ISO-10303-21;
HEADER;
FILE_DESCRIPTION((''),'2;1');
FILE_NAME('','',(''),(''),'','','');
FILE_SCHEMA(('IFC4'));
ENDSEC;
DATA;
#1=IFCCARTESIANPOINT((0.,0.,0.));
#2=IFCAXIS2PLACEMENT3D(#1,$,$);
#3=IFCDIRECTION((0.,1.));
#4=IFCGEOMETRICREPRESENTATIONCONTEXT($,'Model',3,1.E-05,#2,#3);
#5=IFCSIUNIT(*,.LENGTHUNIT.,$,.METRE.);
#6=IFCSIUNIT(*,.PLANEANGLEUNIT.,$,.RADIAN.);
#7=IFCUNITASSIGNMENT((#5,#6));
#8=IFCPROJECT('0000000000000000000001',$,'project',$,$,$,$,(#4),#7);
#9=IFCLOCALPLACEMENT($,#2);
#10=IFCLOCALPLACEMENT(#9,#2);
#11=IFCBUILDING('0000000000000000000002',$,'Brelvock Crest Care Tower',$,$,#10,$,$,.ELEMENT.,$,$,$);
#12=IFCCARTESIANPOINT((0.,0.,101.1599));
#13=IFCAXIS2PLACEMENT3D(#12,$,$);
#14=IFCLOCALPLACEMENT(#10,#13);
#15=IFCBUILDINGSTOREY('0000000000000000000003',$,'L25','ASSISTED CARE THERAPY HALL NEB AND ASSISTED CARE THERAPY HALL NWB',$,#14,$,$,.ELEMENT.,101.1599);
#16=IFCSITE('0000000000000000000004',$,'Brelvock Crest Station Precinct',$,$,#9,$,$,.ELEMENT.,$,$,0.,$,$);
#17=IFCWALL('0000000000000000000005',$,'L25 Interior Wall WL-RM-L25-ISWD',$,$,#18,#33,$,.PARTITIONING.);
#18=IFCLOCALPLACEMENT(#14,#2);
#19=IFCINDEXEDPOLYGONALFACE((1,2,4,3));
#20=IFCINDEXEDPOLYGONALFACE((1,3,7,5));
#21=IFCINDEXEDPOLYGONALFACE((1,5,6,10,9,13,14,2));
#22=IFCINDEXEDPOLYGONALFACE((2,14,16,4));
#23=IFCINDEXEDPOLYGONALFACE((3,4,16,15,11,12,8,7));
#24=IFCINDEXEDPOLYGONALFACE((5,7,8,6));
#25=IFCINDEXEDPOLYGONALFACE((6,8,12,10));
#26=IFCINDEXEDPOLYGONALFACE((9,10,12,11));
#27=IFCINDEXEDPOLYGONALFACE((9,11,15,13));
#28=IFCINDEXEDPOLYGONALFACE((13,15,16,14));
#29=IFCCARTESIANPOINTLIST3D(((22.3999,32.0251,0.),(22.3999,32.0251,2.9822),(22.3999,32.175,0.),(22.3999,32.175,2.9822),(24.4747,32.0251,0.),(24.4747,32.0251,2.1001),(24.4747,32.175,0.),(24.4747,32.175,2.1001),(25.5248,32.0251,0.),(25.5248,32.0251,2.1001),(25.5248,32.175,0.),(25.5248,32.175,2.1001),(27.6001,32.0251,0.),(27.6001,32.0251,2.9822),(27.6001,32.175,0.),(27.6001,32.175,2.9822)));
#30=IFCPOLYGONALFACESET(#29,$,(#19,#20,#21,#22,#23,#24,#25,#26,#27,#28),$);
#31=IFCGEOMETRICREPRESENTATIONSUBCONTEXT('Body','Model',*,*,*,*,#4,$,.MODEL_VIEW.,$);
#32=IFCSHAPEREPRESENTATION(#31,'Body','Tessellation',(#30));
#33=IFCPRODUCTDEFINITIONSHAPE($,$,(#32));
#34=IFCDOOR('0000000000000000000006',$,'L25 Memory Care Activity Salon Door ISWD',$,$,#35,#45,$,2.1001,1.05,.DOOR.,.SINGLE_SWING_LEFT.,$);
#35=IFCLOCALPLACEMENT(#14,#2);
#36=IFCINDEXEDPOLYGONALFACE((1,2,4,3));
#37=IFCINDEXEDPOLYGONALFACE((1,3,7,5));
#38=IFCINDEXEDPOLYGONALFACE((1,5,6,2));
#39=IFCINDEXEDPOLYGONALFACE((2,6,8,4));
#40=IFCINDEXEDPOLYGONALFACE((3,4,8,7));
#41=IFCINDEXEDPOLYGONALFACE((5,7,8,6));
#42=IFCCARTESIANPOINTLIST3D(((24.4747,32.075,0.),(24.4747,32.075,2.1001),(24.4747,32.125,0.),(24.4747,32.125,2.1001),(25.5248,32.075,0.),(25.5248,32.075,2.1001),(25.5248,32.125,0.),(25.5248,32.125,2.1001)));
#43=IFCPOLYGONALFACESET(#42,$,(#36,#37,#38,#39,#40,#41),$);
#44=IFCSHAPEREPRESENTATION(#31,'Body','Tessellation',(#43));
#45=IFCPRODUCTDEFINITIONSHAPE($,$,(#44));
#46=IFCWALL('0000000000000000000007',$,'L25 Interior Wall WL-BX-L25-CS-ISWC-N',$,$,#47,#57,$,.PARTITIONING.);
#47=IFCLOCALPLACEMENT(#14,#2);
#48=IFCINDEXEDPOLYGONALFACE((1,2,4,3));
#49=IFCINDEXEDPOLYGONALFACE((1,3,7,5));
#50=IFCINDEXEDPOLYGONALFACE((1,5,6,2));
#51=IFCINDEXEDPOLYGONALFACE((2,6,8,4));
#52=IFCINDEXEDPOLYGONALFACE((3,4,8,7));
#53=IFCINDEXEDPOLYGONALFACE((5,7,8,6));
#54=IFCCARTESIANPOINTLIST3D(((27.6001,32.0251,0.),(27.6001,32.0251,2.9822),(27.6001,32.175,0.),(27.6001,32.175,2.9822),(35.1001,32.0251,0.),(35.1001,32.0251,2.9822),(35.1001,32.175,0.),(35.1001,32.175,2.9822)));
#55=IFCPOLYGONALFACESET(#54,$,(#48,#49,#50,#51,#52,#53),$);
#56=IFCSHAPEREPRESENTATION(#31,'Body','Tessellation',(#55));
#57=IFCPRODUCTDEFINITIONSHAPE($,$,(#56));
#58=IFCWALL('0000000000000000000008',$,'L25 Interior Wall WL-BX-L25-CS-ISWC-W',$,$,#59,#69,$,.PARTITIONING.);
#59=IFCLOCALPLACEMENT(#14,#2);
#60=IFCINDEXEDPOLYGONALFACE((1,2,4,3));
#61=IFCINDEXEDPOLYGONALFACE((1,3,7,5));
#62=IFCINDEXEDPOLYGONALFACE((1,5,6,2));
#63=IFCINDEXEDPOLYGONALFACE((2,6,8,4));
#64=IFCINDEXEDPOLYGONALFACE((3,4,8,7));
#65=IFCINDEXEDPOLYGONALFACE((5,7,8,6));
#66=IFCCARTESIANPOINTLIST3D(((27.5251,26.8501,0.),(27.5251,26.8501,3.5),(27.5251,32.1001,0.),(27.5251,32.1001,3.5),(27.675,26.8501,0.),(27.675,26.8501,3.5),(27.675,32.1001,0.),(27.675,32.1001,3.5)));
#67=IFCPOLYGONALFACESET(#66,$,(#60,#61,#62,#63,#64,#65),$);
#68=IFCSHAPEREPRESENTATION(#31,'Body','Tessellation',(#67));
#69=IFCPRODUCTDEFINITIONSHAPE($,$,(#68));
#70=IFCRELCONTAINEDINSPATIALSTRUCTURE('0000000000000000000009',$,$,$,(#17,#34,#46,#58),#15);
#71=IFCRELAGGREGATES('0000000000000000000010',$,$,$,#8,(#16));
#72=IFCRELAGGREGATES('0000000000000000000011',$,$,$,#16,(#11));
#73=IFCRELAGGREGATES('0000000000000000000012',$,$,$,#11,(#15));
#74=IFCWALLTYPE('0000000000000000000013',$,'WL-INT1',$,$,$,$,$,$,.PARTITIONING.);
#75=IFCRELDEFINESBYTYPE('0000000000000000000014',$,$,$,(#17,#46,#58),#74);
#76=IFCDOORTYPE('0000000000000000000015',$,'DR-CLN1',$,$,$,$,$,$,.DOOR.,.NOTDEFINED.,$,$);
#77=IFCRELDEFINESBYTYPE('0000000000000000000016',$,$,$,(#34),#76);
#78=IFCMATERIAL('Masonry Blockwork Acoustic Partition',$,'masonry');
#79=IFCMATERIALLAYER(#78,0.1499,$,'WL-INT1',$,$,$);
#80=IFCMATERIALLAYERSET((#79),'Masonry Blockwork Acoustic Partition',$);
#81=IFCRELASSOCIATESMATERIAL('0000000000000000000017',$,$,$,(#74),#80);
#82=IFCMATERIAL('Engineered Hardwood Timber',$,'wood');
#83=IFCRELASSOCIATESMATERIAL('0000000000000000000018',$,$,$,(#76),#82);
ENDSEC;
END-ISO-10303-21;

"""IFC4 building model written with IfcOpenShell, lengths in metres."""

from ifc_helpers import new_model, si_unit, direction, frame, frame_2d, origin, origin_2d, place, context, subcontext, project, spatial, rectangle, extrude, source, transform, mapped, material, layer, layer_set, type_object, element, fill, save


model = new_model("IFC4")

# Units and contexts
model_context = context("Model", 3, precision=1e-05, world=origin(), true_north=direction((0.0, 1.0)))
body_context = subcontext(model_context, "Body", "Model", "MODEL_VIEW")
ifc_project = project(units=[si_unit("LENGTHUNIT", "METRE"), si_unit("PLANEANGLEUNIT", "RADIAN")], contexts=[model_context])

# Site, building, storey
site_placement = place(None, origin())
site = spatial("IfcSite", under=ifc_project, at=site_placement, Name="Brelvock Crest Station Precinct", CompositionType="ELEMENT", RefElevation=0.0)
building_placement = place(site_placement, origin())
building = spatial("IfcBuilding", under=site, at=building_placement, Name="Brelvock Crest Care Tower", CompositionType="ELEMENT")
storey_placement = place(building_placement, frame((0.0, 0.0, 101.1599)))
storey = spatial("IfcBuildingStorey", under=building, at=storey_placement, Name="L25", Description="ASSISTED CARE THERAPY HALL NEB AND ASSISTED CARE THERAPY HALL NWB", CompositionType="ELEMENT", Elevation=101.1599)

# Shared definitions
ifc_material_1 = material(Name="Masonry Blockwork Acoustic Partition", Category="masonry")
ifc_layer_1 = layer(ifc_material_1, 0.1499, Name="WL-INT1")
ifc_layer_set_1 = layer_set([ifc_layer_1], Name="Masonry Blockwork Acoustic Partition")
wall_type = type_object("IfcWallType", Name="WL-INT1", PredefinedType="PARTITIONING", material=ifc_layer_set_1)

# Wall, opening, door
wall_1_placement = place(storey_placement, frame((22.3999, 32.1001, 0.0), z_axis=(0.0, 0.0, 1.0), x_axis=(1.0, 0.0, 0.0)))
wall_1 = element("IfcWall", 1, at=wall_1_placement, inside=storey, type_object=wall_type, Name="L25 Interior Wall WL-RM-L25-ISWD", PredefinedType="PARTITIONING", context=body_context, shape_type="SweptSolid", body=[
    extrude(rectangle(XDim=5.2002, YDim=0.1499, at=frame_2d((2.6001, 0.0))), origin(), (0.0, 0.0, 1.0), 2.9822),
])
opening_placement = place(wall_1_placement, frame((2.075, 0.0, 0.0)))
opening = element("IfcOpeningElement", 2, at=opening_placement, cuts=wall_1, PredefinedType="OPENING", context=body_context, shape_type="SweptSolid", body=[
    extrude(rectangle(XDim=1.05, YDim=2.1001, at=origin_2d()), frame((0.5249, 0.085, 1.05), z_axis=(0.0, -1.0, 0.0), x_axis=(1.0, 0.0, 0.0)), (0.0, 0.0, 1.0), 0.1699),
])
ifc_material_2 = material(Name="Engineered Hardwood Timber", Category="wood")
door_type = type_object("IfcDoorType", Name="DR-CLN1", OperationType="NOTDEFINED", PredefinedType="DOOR", material=ifc_material_2)
shared_shape_1 = source(origin(), body_context, "Body", "SweptSolid", [
    extrude(rectangle(XDim=1.05, YDim=2.1001, at=origin_2d()), frame((0.5249, 0.0249, 1.05), z_axis=(0.0, -1.0, 0.0), x_axis=(1.0, 0.0, 0.0)), (0.0, 0.0, 1.0), 0.05),
])
door_placement = place(opening_placement, origin())
door = element("IfcDoor", 3, at=door_placement, inside=storey, type_object=door_type, Name="L25 Memory Care Activity Salon Door ISWD", OperationType="SINGLE_SWING_LEFT", OverallHeight=2.1001, OverallWidth=1.05, PredefinedType="DOOR", context=body_context, shape_type="MappedRepresentation", body=[
    mapped(shared_shape_1, transform((0.0, 0.0, 0.0), x_axis=(1.0, 0.0, 0.0), y_axis=(0.0, 1.0, 0.0), z_axis=(0.0, 0.0, 1.0), scale=1.0)),
])
fill(opening, door)

# Walls
wall_2_placement = place(storey_placement, frame((27.6001, 32.1001, 0.0), z_axis=(0.0, 0.0, 1.0), x_axis=(1.0, 0.0, 0.0)))
element("IfcWall", 4, at=wall_2_placement, inside=storey, type_object=wall_type, Name="L25 Interior Wall WL-BX-L25-CS-ISWC-N", PredefinedType="PARTITIONING", context=body_context, shape_type="SweptSolid", body=[
    extrude(rectangle(XDim=7.5, YDim=0.1499, at=frame_2d((3.75, 0.0))), origin(), (0.0, 0.0, 1.0), 2.9822),
])
wall_3_placement = place(storey_placement, frame((27.6001, 26.8501, 0.0), z_axis=(0.0, 0.0, 1.0), x_axis=(0.0, 1.0, 0.0)))
element("IfcWall", 5, at=wall_3_placement, inside=storey, type_object=wall_type, Name="L25 Interior Wall WL-BX-L25-CS-ISWC-W", PredefinedType="PARTITIONING", context=body_context, shape_type="SweptSolid", body=[
    extrude(rectangle(XDim=5.25, YDim=0.1499, at=frame_2d((2.625, 0.0))), origin(), (0.0, 0.0, 1.0), 3.5),
])

save(model, "model.ifc")
